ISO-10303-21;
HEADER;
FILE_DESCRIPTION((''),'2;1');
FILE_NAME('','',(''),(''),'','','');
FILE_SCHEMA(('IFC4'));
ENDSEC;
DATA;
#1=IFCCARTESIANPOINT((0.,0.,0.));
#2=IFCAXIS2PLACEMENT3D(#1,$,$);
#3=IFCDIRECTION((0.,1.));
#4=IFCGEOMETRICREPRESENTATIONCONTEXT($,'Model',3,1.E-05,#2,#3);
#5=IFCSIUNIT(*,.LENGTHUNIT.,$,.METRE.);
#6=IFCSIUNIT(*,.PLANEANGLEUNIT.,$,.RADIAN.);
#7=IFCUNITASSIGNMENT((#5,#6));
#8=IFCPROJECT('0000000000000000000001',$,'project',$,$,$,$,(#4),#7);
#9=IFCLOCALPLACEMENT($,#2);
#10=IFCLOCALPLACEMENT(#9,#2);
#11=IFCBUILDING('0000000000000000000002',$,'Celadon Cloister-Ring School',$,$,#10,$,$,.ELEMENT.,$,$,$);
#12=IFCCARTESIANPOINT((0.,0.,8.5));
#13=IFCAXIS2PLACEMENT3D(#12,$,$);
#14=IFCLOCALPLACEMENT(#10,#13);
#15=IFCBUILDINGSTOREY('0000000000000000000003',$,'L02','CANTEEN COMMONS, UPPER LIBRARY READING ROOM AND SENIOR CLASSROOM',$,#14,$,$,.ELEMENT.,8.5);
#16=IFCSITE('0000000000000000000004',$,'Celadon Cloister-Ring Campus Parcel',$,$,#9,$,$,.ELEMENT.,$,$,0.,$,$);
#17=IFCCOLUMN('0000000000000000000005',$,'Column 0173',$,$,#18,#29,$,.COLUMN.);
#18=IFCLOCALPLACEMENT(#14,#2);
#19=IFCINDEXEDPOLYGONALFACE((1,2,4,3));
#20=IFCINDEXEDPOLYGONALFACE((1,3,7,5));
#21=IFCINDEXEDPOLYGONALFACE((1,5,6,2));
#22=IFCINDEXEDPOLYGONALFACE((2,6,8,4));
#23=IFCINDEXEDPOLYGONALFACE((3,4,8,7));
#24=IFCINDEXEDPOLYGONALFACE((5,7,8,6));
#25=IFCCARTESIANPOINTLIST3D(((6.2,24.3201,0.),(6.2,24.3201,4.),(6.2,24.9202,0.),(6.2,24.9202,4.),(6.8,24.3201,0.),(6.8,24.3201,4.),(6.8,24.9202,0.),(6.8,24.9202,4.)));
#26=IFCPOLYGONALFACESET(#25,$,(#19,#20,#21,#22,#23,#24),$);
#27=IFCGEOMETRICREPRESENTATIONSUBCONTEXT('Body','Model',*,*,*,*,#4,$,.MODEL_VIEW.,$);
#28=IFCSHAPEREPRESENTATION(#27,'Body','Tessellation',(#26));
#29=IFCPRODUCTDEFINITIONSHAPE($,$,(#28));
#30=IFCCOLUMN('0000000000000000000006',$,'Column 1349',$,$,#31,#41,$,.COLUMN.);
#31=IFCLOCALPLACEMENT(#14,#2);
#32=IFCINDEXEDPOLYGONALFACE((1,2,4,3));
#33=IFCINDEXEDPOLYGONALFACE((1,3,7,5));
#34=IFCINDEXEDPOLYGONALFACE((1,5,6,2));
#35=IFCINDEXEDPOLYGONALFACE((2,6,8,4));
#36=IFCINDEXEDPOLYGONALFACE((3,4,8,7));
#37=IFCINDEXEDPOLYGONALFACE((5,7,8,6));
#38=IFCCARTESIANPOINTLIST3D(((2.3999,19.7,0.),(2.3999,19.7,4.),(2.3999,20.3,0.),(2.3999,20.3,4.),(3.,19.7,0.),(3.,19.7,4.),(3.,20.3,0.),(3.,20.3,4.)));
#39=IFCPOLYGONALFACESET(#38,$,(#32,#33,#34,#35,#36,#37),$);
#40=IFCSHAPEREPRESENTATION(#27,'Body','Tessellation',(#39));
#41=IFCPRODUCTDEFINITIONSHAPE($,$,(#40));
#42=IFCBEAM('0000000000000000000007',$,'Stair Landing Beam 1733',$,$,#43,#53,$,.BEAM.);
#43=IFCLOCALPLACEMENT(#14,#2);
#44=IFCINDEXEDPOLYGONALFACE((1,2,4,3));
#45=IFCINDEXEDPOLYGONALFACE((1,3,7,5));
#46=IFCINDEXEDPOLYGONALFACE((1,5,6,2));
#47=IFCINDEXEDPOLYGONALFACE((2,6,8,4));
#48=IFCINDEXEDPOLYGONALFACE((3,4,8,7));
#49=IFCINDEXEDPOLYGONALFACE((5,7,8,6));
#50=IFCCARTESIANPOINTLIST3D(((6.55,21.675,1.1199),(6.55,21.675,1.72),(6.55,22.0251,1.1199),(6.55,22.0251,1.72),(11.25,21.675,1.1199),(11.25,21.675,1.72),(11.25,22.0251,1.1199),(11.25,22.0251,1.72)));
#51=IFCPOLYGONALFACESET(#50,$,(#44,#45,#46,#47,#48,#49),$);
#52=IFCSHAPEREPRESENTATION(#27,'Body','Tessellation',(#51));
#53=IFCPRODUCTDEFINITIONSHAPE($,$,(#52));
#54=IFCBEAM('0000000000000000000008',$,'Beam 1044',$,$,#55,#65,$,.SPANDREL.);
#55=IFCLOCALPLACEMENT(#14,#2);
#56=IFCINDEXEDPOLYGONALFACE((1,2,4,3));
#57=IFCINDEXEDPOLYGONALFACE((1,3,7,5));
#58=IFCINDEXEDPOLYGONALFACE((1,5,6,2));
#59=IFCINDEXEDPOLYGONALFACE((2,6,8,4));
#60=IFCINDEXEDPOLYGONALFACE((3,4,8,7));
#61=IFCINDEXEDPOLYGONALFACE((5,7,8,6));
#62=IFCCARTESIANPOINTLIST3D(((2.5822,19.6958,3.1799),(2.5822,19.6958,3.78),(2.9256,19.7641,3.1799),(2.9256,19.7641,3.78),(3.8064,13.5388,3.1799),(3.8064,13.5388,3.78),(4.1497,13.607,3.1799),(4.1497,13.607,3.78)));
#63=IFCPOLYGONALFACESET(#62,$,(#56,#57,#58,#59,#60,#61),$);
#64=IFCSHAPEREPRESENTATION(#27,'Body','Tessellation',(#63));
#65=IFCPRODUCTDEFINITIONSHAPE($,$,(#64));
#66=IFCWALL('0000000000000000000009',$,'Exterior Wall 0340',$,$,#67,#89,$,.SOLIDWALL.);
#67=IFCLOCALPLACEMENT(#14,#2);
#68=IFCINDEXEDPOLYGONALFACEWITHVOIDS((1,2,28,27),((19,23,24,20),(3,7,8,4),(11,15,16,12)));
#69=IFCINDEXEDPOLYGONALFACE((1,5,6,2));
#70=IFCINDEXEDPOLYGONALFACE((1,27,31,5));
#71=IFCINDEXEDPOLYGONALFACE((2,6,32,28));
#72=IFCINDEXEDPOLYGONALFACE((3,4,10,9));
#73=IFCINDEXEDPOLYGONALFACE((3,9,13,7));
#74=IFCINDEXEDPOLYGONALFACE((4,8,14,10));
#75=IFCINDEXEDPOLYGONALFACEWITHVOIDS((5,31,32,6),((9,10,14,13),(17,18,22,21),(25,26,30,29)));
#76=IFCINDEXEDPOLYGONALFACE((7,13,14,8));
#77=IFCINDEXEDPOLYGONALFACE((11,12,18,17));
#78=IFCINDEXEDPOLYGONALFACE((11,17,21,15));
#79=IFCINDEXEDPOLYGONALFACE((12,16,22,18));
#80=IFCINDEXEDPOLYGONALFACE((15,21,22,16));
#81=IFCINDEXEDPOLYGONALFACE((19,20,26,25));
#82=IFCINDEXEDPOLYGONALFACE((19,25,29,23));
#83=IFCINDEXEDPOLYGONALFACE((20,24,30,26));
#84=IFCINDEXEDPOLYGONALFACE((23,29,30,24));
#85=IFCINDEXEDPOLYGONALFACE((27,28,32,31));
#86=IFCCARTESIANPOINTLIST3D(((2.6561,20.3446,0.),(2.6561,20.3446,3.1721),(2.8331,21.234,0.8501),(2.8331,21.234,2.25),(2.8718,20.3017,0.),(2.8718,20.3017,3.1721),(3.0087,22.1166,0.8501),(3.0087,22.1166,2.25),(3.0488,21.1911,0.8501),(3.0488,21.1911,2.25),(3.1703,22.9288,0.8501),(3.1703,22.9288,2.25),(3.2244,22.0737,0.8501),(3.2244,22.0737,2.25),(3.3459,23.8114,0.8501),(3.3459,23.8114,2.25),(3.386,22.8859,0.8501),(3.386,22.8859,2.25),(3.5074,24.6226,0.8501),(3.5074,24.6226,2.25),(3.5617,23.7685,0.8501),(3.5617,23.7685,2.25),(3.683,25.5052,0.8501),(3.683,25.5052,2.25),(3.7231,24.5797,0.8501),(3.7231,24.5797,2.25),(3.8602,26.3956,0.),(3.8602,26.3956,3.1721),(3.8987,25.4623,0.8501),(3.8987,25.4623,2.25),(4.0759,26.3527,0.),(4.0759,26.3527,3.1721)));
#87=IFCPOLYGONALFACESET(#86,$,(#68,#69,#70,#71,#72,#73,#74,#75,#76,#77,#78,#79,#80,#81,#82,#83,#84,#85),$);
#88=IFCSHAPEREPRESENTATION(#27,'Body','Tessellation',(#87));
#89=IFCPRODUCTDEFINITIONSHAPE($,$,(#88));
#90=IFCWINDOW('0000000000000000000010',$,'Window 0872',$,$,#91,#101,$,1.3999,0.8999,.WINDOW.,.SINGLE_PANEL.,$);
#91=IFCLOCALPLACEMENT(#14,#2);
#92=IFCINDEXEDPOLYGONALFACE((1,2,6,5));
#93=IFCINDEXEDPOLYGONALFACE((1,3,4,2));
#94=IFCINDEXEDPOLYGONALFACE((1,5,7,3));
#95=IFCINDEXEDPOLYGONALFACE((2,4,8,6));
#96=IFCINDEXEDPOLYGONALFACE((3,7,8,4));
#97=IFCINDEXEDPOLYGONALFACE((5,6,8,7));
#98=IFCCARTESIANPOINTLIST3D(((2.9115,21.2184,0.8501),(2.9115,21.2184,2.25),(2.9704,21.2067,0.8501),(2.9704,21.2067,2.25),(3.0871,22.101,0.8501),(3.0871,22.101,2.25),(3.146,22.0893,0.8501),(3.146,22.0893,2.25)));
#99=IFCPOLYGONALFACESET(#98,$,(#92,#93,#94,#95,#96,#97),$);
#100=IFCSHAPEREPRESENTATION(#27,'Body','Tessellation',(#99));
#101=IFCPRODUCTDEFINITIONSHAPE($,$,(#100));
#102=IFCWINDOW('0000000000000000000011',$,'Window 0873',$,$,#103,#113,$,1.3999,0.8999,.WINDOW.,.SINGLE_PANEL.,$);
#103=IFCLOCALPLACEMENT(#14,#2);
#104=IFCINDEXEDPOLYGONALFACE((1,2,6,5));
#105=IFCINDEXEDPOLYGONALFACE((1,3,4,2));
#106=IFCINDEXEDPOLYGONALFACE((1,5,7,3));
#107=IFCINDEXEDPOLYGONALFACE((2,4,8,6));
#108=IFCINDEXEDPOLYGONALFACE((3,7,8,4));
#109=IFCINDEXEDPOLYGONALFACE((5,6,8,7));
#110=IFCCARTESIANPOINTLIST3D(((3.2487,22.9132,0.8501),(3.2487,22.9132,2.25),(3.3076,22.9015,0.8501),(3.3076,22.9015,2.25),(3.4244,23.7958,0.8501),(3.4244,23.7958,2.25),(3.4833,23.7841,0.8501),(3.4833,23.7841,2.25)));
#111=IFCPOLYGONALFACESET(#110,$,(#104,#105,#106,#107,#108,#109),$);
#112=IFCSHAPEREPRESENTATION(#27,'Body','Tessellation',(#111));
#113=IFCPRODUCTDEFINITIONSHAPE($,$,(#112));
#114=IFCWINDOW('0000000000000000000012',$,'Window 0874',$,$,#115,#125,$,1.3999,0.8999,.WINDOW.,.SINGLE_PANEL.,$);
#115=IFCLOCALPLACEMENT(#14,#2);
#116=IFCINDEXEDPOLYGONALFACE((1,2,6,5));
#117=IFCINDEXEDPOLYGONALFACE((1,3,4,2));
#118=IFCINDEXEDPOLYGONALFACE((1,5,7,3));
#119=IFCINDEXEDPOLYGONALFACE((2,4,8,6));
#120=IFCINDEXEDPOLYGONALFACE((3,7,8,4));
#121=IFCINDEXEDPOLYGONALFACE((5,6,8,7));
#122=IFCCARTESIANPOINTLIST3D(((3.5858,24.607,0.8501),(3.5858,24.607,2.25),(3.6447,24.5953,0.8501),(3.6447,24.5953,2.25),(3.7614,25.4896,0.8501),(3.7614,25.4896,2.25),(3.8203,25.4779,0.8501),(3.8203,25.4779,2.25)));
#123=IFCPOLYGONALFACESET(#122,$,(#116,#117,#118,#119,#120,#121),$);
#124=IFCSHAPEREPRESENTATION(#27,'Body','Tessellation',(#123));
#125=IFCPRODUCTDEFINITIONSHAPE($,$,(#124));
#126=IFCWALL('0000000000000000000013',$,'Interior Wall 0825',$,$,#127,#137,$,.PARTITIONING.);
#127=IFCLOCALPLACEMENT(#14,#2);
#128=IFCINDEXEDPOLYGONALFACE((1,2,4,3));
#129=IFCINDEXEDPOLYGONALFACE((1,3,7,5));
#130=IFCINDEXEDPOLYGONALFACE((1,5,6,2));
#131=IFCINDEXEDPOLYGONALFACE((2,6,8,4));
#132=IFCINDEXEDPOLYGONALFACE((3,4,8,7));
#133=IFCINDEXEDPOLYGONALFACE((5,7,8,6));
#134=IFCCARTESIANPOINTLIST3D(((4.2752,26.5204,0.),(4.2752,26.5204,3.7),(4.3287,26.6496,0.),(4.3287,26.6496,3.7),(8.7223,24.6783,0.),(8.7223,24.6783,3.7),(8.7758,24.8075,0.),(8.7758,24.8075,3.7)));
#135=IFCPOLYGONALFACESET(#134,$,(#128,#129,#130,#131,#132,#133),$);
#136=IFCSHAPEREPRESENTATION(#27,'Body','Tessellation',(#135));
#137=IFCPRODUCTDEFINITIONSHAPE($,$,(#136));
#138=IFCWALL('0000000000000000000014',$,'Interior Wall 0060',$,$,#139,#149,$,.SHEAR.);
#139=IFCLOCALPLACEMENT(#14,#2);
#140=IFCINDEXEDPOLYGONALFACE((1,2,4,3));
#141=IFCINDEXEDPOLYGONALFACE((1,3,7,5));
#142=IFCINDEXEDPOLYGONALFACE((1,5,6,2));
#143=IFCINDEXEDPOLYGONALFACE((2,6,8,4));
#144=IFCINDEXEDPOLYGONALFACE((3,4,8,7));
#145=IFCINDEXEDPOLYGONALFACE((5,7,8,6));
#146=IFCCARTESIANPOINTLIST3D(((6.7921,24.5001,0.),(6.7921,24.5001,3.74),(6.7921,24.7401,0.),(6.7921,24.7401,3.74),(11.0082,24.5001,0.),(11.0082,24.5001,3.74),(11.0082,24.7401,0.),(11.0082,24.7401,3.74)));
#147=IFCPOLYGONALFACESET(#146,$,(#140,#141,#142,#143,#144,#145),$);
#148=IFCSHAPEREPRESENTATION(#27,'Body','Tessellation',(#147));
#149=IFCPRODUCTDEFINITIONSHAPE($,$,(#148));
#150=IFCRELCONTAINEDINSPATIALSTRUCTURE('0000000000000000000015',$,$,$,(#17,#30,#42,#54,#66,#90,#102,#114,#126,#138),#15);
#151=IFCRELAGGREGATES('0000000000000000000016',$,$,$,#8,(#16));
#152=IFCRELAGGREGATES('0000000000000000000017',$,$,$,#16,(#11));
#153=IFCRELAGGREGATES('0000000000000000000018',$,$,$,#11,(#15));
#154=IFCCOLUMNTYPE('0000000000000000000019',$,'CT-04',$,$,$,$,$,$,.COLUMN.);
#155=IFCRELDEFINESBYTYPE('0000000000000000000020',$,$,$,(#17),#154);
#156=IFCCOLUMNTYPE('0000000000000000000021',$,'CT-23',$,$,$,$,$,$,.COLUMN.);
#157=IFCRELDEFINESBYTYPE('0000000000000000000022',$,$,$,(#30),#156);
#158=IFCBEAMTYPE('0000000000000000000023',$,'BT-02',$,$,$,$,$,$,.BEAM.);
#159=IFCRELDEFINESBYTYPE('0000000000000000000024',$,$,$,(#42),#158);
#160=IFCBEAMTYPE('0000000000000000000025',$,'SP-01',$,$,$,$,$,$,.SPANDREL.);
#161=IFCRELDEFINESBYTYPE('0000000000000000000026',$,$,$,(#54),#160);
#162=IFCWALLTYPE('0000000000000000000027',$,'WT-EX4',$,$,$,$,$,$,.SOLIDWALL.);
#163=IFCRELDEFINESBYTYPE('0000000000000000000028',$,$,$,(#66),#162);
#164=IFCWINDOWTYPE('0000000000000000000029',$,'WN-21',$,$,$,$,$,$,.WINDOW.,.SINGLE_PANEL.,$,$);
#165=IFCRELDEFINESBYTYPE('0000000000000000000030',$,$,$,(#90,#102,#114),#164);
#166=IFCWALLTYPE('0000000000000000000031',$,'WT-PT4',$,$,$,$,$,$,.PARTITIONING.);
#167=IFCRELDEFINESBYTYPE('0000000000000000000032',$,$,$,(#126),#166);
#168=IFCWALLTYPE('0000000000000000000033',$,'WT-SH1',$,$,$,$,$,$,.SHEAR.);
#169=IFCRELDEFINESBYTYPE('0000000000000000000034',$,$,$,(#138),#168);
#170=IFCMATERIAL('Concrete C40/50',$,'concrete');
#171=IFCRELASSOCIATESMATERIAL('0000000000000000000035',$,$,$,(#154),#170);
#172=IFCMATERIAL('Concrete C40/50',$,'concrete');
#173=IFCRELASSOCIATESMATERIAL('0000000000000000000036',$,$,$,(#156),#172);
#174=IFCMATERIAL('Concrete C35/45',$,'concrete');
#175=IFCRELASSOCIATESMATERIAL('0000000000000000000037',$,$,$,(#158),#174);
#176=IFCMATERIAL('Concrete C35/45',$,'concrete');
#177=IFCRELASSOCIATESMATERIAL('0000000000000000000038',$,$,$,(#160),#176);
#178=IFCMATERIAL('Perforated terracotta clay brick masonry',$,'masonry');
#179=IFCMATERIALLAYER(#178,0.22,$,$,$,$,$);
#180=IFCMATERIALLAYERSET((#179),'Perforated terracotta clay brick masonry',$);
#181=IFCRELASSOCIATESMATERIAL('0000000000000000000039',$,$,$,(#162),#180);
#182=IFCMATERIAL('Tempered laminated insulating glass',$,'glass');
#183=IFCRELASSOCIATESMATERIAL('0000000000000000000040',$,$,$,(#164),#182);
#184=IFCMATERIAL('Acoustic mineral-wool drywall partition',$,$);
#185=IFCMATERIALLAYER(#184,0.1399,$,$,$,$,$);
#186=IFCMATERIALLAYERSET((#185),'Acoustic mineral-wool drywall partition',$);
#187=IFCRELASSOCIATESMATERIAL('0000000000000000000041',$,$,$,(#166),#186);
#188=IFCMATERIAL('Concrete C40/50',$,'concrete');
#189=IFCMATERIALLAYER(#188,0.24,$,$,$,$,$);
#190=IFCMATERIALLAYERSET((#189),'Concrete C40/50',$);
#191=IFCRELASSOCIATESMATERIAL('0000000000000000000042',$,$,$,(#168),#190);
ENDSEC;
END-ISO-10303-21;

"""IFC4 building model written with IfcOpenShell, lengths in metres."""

from ifc_helpers import new_model, si_unit, direction, frame, frame_2d, origin, origin_2d, place, context, subcontext, project, spatial, rectangle, extrude, material, layer, layer_set, material_profile, profile_set, type_object, element, fill, save


model = new_model("IFC4")

# Units and contexts
model_context = context("Model", 3, precision=1e-05, world=origin(), true_north=direction((0.0, 1.0)))
body_context = subcontext(model_context, "Body", "Model", "MODEL_VIEW")
ifc_project = project(units=[si_unit("LENGTHUNIT", "METRE"), si_unit("PLANEANGLEUNIT", "RADIAN")], contexts=[model_context])

# Site, building, storey
site_placement = place(None, origin())
site = spatial("IfcSite", under=ifc_project, at=site_placement, Name="Celadon Cloister-Ring Campus Parcel", CompositionType="ELEMENT", RefElevation=0.0)
building_placement = place(site_placement, origin())
building = spatial("IfcBuilding", under=site, at=building_placement, Name="Celadon Cloister-Ring School", CompositionType="ELEMENT")
storey_placement = place(building_placement, frame((0.0, 0.0, 8.5)))
storey = spatial("IfcBuildingStorey", under=building, at=storey_placement, Name="L02", Description="CANTEEN COMMONS, UPPER LIBRARY READING ROOM AND SENIOR CLASSROOM", CompositionType="ELEMENT", Elevation=8.5)

# Columns
ifc_material_1 = material(Name="Concrete C40/50", Category="concrete")
ifc_material_profile_1 = material_profile(ifc_material_1, rectangle(XDim=0.6001, YDim=0.6001, at=origin_2d()), Name="RC600X600")
ifc_profile_set_1 = profile_set([ifc_material_profile_1], Name="Concrete C40/50")
column_type_1 = type_object("IfcColumnType", Name="CT-04", PredefinedType="COLUMN", material=ifc_profile_set_1)
column_1_placement = place(storey_placement, frame((6.5, 24.6201, 0.0), z_axis=(0.0, 0.0, 1.0), x_axis=(1.0, 0.0, 0.0)))
element("IfcColumn", 1, at=column_1_placement, inside=storey, type_object=column_type_1, Name="Column 0173", PredefinedType="COLUMN", context=body_context, shape_type="SweptSolid", body=[
    extrude(rectangle(XDim=0.6001, YDim=0.6001, at=origin_2d()), origin(), (0.0, 0.0, 1.0), 4.0),
])
ifc_material_2 = material(Name="Concrete C40/50", Category="concrete")
ifc_material_profile_2 = material_profile(ifc_material_2, rectangle(XDim=0.6001, YDim=0.6001, at=origin_2d()), Name="RC600X600")
ifc_profile_set_2 = profile_set([ifc_material_profile_2], Name="Concrete C40/50")
column_type_2 = type_object("IfcColumnType", Name="CT-23", PredefinedType="COLUMN", material=ifc_profile_set_2)
column_2_placement = place(storey_placement, frame((2.7, 20.0, 0.0), z_axis=(0.0, 0.0, 1.0), x_axis=(-1.0, 0.0, 0.0)))
element("IfcColumn", 2, at=column_2_placement, inside=storey, type_object=column_type_2, Name="Column 1349", PredefinedType="COLUMN", context=body_context, shape_type="SweptSolid", body=[
    extrude(rectangle(XDim=0.6001, YDim=0.6001, at=origin_2d()), origin(), (0.0, 0.0, 1.0), 4.0),
])

# Beams
ifc_material_3 = material(Name="Concrete C35/45", Category="concrete")
ifc_material_profile_3 = material_profile(ifc_material_3, rectangle(XDim=0.3501, YDim=0.6001, at=origin_2d()), Name="RC350X600")
ifc_profile_set_3 = profile_set([ifc_material_profile_3], Name="Concrete C35/45")
beam_type_1 = type_object("IfcBeamType", Name="BT-02", PredefinedType="BEAM", material=ifc_profile_set_3)
beam_1_placement = place(storey_placement, frame((6.55, 21.8501, 1.4199), z_axis=(1.0, 0.0, 0.0), x_axis=(0.0, 1.0, 0.0)))
element("IfcBeam", 3, at=beam_1_placement, inside=storey, type_object=beam_type_1, Name="Stair Landing Beam 1733", PredefinedType="BEAM", context=body_context, shape_type="SweptSolid", body=[
    extrude(rectangle(XDim=0.3501, YDim=0.6001, at=origin_2d()), origin(), (0.0, 0.0, 1.0), 4.7),
])
ifc_material_4 = material(Name="Concrete C35/45", Category="concrete")
ifc_material_profile_4 = material_profile(ifc_material_4, rectangle(XDim=0.3501, YDim=0.6001, at=origin_2d()), Name="RC350X600")
ifc_profile_set_4 = profile_set([ifc_material_profile_4], Name="Concrete C35/45")
beam_type_2 = type_object("IfcBeamType", Name="SP-01", PredefinedType="SPANDREL", material=ifc_profile_set_4)
beam_2_placement = place(storey_placement, frame((2.7539, 19.73, 3.48), z_axis=(0.195002, -0.980803, 0.0), x_axis=(0.980803, 0.195002, 0.0)))
element("IfcBeam", 4, at=beam_2_placement, inside=storey, type_object=beam_type_2, Name="Beam 1044", PredefinedType="SPANDREL", context=body_context, shape_type="SweptSolid", body=[
    extrude(rectangle(XDim=0.3501, YDim=0.6001, at=origin_2d()), origin(), (0.0, 0.0, 1.0), 6.2776),
])

# Wall, openings, windows
ifc_material_5 = material(Name="Perforated terracotta clay brick masonry", Category="masonry")
ifc_layer_1 = layer(ifc_material_5, 0.22)
ifc_layer_set_1 = layer_set([ifc_layer_1], Name="Perforated terracotta clay brick masonry")
wall_type_1 = type_object("IfcWallType", Name="WT-EX4", PredefinedType="SOLIDWALL", material=ifc_layer_set_1)
wall_1_placement = place(storey_placement, frame((2.7639, 20.323, 0.0), z_axis=(0.0, 0.0, 1.0), x_axis=(0.195165, 0.98077, 0.0)))
wall_1 = element("IfcWall", 5, at=wall_1_placement, inside=storey, type_object=wall_type_1, Name="Exterior Wall 0340", PredefinedType="SOLIDWALL", context=body_context, shape_type="SweptSolid", body=[
    extrude(rectangle(XDim=6.1697, YDim=0.22, at=frame_2d((3.085, 0.0))), origin(), (0.0, 0.0, 1.0), 3.1721),
])
opening_1_placement = place(wall_1_placement, frame((0.907, 0.0, 0.8501)))
opening_1 = element("IfcOpeningElement", 6, at=opening_1_placement, cuts=wall_1, PredefinedType="OPENING", context=body_context, shape_type="SweptSolid", body=[
    extrude(rectangle(XDim=0.8999, YDim=1.3999, at=frame_2d((0.45, 0.7))), frame((0.0, 0.1201, 0.0), z_axis=(0.0, -1.0, 0.0), x_axis=(1.0, 0.0, 0.0)), (0.0, 0.0, 1.0), 0.24),
])
opening_2_placement = place(wall_1_placement, frame((2.635, 0.0, 0.8501)))
opening_2 = element("IfcOpeningElement", 7, at=opening_2_placement, cuts=wall_1, PredefinedType="OPENING", context=body_context, shape_type="SweptSolid", body=[
    extrude(rectangle(XDim=0.8999, YDim=1.3999, at=frame_2d((0.45, 0.7))), frame((0.0, 0.1201, 0.0), z_axis=(0.0, -1.0, 0.0), x_axis=(1.0, 0.0, 0.0)), (0.0, 0.0, 1.0), 0.24),
])
opening_3_placement = place(wall_1_placement, frame((4.3621, 0.0, 0.8501)))
opening_3 = element("IfcOpeningElement", 8, at=opening_3_placement, cuts=wall_1, PredefinedType="OPENING", context=body_context, shape_type="SweptSolid", body=[
    extrude(rectangle(XDim=0.8999, YDim=1.3999, at=frame_2d((0.45, 0.7))), frame((0.0, 0.1201, 0.0), z_axis=(0.0, -1.0, 0.0), x_axis=(1.0, 0.0, 0.0)), (0.0, 0.0, 1.0), 0.24),
])
ifc_material_6 = material(Name="Tempered laminated insulating glass", Category="glass")
window_type = type_object("IfcWindowType", Name="WN-21", PartitioningType="SINGLE_PANEL", PredefinedType="WINDOW", material=ifc_material_6)
window_1_placement = place(opening_1_placement, origin())
window_1 = element("IfcWindow", 9, at=window_1_placement, inside=storey, type_object=window_type, Name="Window 0872", OverallHeight=1.3999, OverallWidth=0.8999, PartitioningType="SINGLE_PANEL", PredefinedType="WINDOW", context=body_context, shape_type="SweptSolid", body=[
    extrude(rectangle(XDim=0.8999, YDim=1.3999, at=frame_2d((0.45, 0.7))), frame((0.0, 0.03, 0.0), z_axis=(0.0, -1.0, 0.0), x_axis=(1.0, 0.0, 0.0)), (0.0, 0.0, 1.0), 0.0601),
])
fill(opening_1, window_1)
window_2_placement = place(opening_2_placement, origin())
window_2 = element("IfcWindow", 10, at=window_2_placement, inside=storey, type_object=window_type, Name="Window 0873", OverallHeight=1.3999, OverallWidth=0.8999, PartitioningType="SINGLE_PANEL", PredefinedType="WINDOW", context=body_context, shape_type="SweptSolid", body=[
    extrude(rectangle(XDim=0.8999, YDim=1.3999, at=frame_2d((0.45, 0.7))), frame((0.0, 0.03, 0.0), z_axis=(0.0, -1.0, 0.0), x_axis=(1.0, 0.0, 0.0)), (0.0, 0.0, 1.0), 0.0601),
])
fill(opening_2, window_2)
window_3_placement = place(opening_3_placement, origin())
window_3 = element("IfcWindow", 11, at=window_3_placement, inside=storey, type_object=window_type, Name="Window 0874", OverallHeight=1.3999, OverallWidth=0.8999, PartitioningType="SINGLE_PANEL", PredefinedType="WINDOW", context=body_context, shape_type="SweptSolid", body=[
    extrude(rectangle(XDim=0.8999, YDim=1.3999, at=frame_2d((0.45, 0.7))), frame((0.0, 0.03, 0.0), z_axis=(0.0, -1.0, 0.0), x_axis=(1.0, 0.0, 0.0)), (0.0, 0.0, 1.0), 0.0601),
])
fill(opening_3, window_3)

# Walls
ifc_material_7 = material(Name="Acoustic mineral-wool drywall partition")
ifc_layer_2 = layer(ifc_material_7, 0.1399)
ifc_layer_set_2 = layer_set([ifc_layer_2], Name="Acoustic mineral-wool drywall partition")
wall_type_2 = type_object("IfcWallType", Name="WT-PT4", PredefinedType="PARTITIONING", material=ifc_layer_set_2)
wall_2_placement = place(storey_placement, frame((8.749, 24.7429, 0.0), z_axis=(0.0, 0.0, 1.0), x_axis=(-0.923878, 0.382688, 0.0)))
element("IfcWall", 12, at=wall_2_placement, inside=storey, type_object=wall_type_2, Name="Interior Wall 0825", PredefinedType="PARTITIONING", context=body_context, shape_type="SweptSolid", body=[
    extrude(rectangle(XDim=4.8135, YDim=0.1399, at=frame_2d((2.4067, 0.0))), origin(), (0.0, 0.0, 1.0), 3.7),
])
ifc_material_8 = material(Name="Concrete C40/50", Category="concrete")
ifc_layer_3 = layer(ifc_material_8, 0.24)
ifc_layer_set_3 = layer_set([ifc_layer_3], Name="Concrete C40/50")
wall_type_3 = type_object("IfcWallType", Name="WT-SH1", PredefinedType="SHEAR", material=ifc_layer_set_3)
wall_3_placement = place(storey_placement, frame((11.0081, 24.6201, 0.0), z_axis=(0.0, 0.0, 1.0), x_axis=(-1.0, 0.0, 0.0)))
element("IfcWall", 13, at=wall_3_placement, inside=storey, type_object=wall_type_3, Name="Interior Wall 0060", PredefinedType="SHEAR", context=body_context, shape_type="SweptSolid", body=[
    extrude(rectangle(XDim=4.2161, YDim=0.24, at=frame_2d((2.1079, 0.0))), origin(), (0.0, 0.0, 1.0), 3.74),
])

save(model, "model.ifc")
